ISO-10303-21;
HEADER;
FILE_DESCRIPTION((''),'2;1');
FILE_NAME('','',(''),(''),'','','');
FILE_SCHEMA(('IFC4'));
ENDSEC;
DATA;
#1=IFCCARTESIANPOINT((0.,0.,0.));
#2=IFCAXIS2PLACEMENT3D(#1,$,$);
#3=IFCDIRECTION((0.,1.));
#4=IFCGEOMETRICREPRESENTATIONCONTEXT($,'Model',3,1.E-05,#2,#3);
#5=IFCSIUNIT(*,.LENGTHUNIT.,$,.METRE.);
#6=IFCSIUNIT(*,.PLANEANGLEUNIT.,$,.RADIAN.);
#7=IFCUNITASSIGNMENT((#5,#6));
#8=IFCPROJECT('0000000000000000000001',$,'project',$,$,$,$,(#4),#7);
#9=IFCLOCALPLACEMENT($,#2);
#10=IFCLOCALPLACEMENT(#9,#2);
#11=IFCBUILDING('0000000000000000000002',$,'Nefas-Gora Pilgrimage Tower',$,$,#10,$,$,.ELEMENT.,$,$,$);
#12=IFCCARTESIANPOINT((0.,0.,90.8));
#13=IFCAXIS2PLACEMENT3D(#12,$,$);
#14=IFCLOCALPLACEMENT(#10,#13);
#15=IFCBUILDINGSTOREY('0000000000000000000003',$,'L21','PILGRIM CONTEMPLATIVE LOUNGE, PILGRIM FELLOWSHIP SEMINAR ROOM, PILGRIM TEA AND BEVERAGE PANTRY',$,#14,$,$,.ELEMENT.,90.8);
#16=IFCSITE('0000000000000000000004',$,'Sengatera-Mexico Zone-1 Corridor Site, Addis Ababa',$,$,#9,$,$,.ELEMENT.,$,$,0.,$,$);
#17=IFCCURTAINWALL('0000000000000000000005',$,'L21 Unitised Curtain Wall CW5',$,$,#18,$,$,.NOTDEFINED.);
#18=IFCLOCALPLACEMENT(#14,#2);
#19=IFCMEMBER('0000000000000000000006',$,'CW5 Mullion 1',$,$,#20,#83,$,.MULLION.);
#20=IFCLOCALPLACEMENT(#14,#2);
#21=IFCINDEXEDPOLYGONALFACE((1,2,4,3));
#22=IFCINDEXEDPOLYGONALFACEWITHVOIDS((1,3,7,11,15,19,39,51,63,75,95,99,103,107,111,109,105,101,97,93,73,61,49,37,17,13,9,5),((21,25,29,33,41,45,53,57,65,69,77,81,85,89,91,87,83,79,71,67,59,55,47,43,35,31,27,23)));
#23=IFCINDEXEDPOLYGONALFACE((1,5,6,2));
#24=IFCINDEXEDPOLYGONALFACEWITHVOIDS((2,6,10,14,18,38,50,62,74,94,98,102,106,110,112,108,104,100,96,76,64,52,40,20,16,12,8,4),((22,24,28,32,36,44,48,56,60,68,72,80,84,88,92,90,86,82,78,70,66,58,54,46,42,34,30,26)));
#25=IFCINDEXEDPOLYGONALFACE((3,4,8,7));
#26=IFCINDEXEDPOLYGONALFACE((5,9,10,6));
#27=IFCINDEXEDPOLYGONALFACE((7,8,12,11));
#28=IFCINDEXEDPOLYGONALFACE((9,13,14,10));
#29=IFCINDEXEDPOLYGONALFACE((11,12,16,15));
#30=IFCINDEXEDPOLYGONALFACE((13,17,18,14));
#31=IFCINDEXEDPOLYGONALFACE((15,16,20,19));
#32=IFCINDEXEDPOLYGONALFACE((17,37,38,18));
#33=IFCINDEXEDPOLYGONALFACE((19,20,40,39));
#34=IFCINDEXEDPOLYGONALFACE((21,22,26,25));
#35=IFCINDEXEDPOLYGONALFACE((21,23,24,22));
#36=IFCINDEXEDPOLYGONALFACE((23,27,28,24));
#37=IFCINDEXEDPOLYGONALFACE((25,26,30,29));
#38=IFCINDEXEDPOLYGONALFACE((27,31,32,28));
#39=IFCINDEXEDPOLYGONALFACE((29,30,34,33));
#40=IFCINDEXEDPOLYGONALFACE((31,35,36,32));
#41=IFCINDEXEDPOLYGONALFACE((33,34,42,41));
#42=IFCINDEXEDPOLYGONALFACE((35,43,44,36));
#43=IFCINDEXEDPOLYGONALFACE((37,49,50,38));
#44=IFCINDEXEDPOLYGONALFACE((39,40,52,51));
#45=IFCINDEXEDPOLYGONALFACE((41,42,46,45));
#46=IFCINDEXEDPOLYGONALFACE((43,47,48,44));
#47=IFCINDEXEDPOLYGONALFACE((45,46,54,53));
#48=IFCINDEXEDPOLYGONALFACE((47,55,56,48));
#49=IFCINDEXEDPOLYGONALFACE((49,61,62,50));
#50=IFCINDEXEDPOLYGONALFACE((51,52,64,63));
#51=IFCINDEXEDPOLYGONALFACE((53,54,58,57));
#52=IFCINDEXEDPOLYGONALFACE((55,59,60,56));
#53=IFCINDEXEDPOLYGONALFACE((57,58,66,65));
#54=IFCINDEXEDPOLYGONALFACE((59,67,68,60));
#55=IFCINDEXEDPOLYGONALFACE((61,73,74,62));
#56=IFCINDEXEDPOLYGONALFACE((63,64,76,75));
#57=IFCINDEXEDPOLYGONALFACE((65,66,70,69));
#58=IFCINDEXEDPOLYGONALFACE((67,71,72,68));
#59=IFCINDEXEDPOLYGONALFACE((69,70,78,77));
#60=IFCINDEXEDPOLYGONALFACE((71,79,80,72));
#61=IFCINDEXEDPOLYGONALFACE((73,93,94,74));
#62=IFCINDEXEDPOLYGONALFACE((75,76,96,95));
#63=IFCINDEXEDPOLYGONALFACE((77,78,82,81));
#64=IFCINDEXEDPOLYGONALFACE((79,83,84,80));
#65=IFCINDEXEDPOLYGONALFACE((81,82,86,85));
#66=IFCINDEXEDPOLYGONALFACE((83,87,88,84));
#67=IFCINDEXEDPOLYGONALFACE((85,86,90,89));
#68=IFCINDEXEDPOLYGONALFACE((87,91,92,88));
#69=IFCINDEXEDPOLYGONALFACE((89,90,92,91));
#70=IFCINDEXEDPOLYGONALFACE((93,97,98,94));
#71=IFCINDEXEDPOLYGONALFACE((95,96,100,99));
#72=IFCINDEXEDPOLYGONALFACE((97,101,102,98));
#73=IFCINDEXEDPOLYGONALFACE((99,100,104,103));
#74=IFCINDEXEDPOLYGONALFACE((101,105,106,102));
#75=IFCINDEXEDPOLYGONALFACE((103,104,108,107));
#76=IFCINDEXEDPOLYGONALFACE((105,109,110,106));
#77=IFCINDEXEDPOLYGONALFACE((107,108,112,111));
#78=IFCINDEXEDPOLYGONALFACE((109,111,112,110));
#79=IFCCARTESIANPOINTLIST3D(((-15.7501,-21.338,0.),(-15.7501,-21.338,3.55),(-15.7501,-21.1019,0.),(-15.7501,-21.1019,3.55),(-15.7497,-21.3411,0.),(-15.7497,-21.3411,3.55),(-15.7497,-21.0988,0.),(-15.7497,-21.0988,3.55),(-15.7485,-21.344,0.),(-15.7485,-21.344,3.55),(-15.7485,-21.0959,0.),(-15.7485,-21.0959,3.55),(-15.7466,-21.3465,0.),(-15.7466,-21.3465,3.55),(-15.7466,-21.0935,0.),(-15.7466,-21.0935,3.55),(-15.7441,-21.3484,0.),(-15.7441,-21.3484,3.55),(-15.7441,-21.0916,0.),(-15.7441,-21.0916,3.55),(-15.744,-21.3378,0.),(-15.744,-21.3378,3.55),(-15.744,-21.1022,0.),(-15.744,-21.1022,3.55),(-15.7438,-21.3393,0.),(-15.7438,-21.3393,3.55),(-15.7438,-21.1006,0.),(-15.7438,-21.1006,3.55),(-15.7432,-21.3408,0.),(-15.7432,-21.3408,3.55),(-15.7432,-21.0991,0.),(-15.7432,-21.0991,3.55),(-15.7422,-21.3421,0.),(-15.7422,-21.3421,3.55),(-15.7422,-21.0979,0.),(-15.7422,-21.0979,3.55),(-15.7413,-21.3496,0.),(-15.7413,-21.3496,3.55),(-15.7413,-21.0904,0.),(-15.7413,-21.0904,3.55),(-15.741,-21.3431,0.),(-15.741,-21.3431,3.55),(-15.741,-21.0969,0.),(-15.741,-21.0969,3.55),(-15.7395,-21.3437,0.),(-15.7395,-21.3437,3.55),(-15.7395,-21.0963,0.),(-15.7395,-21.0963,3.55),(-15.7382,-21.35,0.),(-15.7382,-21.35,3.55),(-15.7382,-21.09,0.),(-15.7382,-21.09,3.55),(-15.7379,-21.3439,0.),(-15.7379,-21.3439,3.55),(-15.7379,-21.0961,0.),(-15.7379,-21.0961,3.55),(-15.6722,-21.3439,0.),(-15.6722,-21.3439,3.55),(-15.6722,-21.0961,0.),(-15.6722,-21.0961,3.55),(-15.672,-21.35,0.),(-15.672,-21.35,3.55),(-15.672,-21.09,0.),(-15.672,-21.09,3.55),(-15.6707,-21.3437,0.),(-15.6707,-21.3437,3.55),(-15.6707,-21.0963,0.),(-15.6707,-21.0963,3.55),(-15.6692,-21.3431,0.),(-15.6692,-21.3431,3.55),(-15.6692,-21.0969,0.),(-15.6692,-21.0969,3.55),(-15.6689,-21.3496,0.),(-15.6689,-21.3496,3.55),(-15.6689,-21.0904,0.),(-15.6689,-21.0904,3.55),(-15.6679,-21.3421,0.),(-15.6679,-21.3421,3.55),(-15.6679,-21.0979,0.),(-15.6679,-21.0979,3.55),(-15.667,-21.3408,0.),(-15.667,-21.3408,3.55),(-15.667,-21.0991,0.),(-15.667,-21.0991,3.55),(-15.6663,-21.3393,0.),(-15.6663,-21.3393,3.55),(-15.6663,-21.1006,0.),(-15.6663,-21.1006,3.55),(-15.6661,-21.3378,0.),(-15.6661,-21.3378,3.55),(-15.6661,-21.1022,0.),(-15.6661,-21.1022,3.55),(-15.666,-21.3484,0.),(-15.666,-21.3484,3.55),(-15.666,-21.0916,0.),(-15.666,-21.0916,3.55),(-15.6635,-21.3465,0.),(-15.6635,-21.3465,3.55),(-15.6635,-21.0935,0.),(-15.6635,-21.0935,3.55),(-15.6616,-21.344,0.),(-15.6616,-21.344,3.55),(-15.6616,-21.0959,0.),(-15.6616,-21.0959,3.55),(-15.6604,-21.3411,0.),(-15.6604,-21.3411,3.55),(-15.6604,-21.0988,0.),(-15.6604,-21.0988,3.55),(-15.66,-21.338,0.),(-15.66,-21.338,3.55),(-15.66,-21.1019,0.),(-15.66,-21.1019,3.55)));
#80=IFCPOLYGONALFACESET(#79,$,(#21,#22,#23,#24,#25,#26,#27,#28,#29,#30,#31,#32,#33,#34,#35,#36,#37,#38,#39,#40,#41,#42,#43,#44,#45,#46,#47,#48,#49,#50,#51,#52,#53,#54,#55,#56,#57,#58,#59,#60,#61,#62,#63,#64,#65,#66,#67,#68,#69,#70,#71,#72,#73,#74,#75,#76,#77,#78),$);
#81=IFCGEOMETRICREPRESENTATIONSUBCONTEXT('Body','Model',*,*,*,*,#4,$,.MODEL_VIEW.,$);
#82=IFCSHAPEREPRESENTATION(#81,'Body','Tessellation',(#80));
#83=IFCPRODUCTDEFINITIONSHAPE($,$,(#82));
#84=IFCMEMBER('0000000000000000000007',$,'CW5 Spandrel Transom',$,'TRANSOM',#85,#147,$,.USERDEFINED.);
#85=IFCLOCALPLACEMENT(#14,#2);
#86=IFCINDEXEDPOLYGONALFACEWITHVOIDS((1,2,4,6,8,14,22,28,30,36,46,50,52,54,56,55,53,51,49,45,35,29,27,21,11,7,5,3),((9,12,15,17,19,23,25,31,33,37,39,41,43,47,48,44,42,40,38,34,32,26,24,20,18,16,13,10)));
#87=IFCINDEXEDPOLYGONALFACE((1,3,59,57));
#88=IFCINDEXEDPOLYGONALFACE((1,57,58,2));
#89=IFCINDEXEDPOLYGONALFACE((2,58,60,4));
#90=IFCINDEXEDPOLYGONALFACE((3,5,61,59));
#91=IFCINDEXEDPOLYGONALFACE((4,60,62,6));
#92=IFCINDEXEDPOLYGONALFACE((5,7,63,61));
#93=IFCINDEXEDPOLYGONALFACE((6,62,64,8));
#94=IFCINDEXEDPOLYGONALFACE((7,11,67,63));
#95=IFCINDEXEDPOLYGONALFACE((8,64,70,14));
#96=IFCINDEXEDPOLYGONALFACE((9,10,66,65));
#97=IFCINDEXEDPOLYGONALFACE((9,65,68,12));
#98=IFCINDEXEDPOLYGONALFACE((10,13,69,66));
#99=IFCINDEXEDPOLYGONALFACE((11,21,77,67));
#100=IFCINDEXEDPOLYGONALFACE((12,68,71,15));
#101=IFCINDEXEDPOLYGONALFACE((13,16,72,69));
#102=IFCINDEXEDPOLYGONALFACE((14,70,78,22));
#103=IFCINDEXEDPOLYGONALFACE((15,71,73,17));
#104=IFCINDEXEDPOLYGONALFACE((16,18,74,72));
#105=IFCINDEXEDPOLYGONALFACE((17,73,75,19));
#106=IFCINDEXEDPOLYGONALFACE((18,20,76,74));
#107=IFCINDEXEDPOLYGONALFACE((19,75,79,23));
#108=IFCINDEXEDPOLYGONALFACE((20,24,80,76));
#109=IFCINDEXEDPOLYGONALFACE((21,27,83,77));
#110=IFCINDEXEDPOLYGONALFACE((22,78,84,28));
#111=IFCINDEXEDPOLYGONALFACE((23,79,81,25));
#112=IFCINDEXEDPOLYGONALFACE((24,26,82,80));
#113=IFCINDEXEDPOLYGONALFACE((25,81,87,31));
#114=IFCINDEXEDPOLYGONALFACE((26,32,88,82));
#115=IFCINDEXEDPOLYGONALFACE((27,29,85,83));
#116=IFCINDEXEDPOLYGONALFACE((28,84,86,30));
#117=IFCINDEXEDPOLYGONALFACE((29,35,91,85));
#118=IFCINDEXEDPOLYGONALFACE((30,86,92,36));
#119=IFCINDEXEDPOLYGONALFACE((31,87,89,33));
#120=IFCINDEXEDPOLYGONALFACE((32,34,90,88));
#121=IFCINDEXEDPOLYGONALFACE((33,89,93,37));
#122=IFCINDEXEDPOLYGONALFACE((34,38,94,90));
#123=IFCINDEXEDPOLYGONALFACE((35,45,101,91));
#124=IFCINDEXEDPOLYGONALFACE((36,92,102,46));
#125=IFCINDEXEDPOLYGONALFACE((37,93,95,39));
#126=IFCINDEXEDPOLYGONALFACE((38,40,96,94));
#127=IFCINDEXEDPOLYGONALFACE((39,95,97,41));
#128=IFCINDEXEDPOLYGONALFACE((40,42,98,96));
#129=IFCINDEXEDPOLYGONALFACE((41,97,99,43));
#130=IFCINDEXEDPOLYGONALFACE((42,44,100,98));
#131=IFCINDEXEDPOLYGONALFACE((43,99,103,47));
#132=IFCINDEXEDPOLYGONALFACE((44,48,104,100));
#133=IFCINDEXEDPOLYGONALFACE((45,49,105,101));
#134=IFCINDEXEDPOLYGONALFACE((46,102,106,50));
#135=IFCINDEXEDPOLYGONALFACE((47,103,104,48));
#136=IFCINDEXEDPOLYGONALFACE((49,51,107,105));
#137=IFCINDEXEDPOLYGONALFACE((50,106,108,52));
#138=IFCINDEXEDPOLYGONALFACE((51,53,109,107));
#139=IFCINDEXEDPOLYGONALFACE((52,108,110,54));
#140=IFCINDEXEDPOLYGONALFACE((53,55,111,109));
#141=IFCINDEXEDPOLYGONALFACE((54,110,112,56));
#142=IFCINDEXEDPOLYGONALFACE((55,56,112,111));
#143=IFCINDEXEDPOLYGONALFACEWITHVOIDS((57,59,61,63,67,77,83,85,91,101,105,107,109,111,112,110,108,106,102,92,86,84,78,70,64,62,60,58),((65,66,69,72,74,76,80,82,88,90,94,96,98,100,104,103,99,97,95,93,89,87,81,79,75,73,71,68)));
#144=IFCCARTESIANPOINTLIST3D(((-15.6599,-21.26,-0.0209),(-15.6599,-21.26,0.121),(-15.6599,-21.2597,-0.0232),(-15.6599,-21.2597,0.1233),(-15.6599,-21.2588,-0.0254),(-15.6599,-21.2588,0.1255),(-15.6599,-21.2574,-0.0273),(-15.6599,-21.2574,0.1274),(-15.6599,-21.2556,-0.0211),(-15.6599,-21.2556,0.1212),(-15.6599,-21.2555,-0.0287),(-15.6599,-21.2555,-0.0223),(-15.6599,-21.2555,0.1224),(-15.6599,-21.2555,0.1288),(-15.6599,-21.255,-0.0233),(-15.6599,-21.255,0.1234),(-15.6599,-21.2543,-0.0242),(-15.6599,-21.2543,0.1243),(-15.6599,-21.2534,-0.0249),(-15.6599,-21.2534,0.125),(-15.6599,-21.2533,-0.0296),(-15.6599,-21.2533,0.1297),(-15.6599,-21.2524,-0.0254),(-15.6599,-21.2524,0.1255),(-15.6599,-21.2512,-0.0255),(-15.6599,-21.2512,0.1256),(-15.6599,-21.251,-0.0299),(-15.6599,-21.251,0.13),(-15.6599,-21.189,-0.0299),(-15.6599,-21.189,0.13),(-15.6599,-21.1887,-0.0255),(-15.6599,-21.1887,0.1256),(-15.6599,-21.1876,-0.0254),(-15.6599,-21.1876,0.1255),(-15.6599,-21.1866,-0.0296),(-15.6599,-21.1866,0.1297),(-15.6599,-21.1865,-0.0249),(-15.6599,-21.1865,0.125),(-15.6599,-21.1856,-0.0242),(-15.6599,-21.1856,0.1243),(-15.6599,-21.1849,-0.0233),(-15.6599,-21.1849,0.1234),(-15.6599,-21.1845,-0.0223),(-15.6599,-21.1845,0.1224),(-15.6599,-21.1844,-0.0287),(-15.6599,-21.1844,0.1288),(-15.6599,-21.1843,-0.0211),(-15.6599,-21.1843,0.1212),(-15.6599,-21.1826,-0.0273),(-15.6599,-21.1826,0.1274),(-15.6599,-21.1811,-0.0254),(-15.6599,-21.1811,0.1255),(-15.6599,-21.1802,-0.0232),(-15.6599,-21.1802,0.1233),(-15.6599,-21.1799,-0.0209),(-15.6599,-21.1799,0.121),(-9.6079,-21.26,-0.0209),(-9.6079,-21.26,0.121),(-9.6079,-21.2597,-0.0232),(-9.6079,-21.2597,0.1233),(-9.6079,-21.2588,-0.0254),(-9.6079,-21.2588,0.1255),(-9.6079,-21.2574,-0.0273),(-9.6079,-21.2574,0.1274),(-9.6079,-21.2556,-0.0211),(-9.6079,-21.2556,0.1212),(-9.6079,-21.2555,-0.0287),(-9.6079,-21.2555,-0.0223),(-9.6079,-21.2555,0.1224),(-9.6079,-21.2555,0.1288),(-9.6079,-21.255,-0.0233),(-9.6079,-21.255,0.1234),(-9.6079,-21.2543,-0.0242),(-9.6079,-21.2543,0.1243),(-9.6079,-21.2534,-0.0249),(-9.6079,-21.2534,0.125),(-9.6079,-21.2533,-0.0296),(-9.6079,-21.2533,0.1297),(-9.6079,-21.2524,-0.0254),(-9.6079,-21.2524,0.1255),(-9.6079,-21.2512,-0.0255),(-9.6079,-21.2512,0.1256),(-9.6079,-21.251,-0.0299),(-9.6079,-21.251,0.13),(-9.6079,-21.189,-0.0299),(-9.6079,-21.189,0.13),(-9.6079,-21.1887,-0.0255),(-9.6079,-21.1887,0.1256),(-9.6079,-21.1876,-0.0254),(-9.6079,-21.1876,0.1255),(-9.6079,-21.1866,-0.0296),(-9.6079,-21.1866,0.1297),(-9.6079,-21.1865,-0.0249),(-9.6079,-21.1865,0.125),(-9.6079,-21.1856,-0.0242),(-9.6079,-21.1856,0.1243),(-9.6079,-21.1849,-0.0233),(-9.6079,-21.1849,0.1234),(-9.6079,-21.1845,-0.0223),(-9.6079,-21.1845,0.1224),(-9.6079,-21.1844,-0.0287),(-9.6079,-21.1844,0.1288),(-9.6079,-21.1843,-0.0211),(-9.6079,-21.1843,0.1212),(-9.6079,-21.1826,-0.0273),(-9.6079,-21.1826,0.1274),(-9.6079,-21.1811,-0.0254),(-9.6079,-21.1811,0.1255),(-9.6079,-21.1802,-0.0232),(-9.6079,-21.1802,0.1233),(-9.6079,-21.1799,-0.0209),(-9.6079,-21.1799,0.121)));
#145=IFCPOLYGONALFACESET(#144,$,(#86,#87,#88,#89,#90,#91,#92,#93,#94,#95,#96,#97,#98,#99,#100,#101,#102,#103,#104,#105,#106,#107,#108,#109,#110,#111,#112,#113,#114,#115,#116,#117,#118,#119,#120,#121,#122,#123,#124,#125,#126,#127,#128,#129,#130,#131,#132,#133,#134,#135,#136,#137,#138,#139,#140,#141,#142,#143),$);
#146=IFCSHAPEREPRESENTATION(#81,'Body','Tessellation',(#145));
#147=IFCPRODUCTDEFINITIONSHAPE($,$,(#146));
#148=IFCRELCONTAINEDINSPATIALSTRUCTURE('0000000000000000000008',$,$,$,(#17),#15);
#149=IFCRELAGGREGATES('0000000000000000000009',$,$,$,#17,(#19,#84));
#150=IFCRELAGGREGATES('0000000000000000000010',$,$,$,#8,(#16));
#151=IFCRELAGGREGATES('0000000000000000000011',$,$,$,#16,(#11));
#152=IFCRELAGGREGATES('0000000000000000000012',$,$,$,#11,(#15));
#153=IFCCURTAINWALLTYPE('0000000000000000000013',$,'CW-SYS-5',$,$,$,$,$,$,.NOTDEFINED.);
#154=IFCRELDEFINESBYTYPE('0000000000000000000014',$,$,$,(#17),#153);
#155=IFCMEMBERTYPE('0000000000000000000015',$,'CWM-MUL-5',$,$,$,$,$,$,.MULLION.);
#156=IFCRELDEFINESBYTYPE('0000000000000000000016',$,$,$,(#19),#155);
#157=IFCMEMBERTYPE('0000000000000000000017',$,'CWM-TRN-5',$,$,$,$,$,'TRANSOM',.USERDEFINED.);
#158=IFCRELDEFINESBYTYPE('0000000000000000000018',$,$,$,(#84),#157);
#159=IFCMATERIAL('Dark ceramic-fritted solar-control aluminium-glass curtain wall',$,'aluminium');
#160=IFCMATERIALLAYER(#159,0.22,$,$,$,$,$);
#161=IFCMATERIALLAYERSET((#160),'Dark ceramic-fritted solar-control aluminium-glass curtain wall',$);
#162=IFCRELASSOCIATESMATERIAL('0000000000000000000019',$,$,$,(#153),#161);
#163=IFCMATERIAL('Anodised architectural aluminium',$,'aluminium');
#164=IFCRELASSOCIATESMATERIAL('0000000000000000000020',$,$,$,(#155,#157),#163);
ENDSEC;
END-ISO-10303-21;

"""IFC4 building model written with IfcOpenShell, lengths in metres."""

from ifc_helpers import new_model, si_unit, direction, frame, origin, origin_2d, place, context, subcontext, project, spatial, hollow_rectangle, extrude, source, transform, mapped, material, layer, layer_set, material_profile, profile_set, type_object, element, aggregate, save


model = new_model("IFC4")

# Units and contexts
model_context = context("Model", 3, precision=1e-05, world=origin(), true_north=direction((0.0, 1.0)))
body_context = subcontext(model_context, "Body", "Model", "MODEL_VIEW")
ifc_project = project(units=[si_unit("LENGTHUNIT", "METRE"), si_unit("PLANEANGLEUNIT", "RADIAN")], contexts=[model_context])

# Site, building, storey
site_placement = place(None, origin())
site = spatial("IfcSite", under=ifc_project, at=site_placement, Name="Sengatera-Mexico Zone-1 Corridor Site, Addis Ababa", CompositionType="ELEMENT", RefElevation=0.0)
building_placement = place(site_placement, origin())
building = spatial("IfcBuilding", under=site, at=building_placement, Name="Nefas-Gora Pilgrimage Tower", CompositionType="ELEMENT")
storey_placement = place(building_placement, frame((0.0, 0.0, 90.8)))
storey = spatial("IfcBuildingStorey", under=building, at=storey_placement, Name="L21", Description="PILGRIM CONTEMPLATIVE LOUNGE, PILGRIM FELLOWSHIP SEMINAR ROOM, PILGRIM TEA AND BEVERAGE PANTRY", CompositionType="ELEMENT", Elevation=90.8)

# Curtain wall, members
ifc_material_1 = material(Name="Dark ceramic-fritted solar-control aluminium-glass curtain wall", Category="aluminium")
ifc_layer_1 = layer(ifc_material_1, 0.22)
ifc_layer_set_1 = layer_set([ifc_layer_1], Name="Dark ceramic-fritted solar-control aluminium-glass curtain wall")
curtain_wall_type_1 = type_object("IfcCurtainWallType", Name="CW-SYS-5", PredefinedType="NOTDEFINED", material=ifc_layer_set_1)
curtain_wall_1_placement = place(storey_placement, origin())
curtain_wall_1 = element("IfcCurtainWall", 1, at=curtain_wall_1_placement, inside=storey, type_object=curtain_wall_type_1, Name="L21 Unitised Curtain Wall CW5", PredefinedType="NOTDEFINED")
ifc_material_2 = material(Name="Anodised architectural aluminium", Category="aluminium")
ifc_material_profile_1 = material_profile(ifc_material_2, hollow_rectangle(XDim=0.0901, YDim=0.26, WallThickness=0.0061, InnerFilletRadius=0.0061, OuterFilletRadius=0.012, at=origin_2d()), Name="ALU MULLION 90x260")
ifc_profile_set_1 = profile_set([ifc_material_profile_1], Name="Anodised architectural aluminium")
member_type_1 = type_object("IfcMemberType", Name="CWM-MUL-5", PredefinedType="MULLION", material=ifc_profile_set_1)
shared_shape_1 = source(origin(), body_context, "Body", "SweptSolid", [
    extrude(hollow_rectangle(XDim=0.0901, YDim=0.26, WallThickness=0.0061, InnerFilletRadius=0.0061, OuterFilletRadius=0.012, at=origin_2d()), origin(), (0.0, 0.0, 1.0), 3.55),
])
member_1_placement = place(storey_placement, frame((-15.7051, -21.22, 0.0), z_axis=(0.0, 0.0, 1.0), x_axis=(1.0, 0.0, 0.0)))
member_1 = element("IfcMember", 2, at=member_1_placement, type_object=member_type_1, Name="CW5 Mullion 1", PredefinedType="MULLION", context=body_context, shape_type="MappedRepresentation", body=[
    mapped(shared_shape_1, transform((0.0, 0.0, 0.0), x_axis=(1.0, 0.0, 0.0), y_axis=(0.0, 1.0, 0.0), z_axis=(0.0, 0.0, 1.0), scale=1.0)),
])
ifc_material_profile_2 = material_profile(ifc_material_2, hollow_rectangle(XDim=0.0801, YDim=0.1599, WallThickness=0.0044, InnerFilletRadius=0.0044, OuterFilletRadius=0.009, at=origin_2d()), Name="ALU TRANSOM 80x160")
ifc_profile_set_2 = profile_set([ifc_material_profile_2], Name="Anodised architectural aluminium")
member_type_2 = type_object("IfcMemberType", Name="CWM-TRN-5", ElementType="TRANSOM", PredefinedType="USERDEFINED", material=ifc_profile_set_2)
shared_shape_2 = source(origin(), body_context, "Body", "SweptSolid", [
    extrude(hollow_rectangle(XDim=0.0801, YDim=0.1599, WallThickness=0.0044, InnerFilletRadius=0.0044, OuterFilletRadius=0.009, at=origin_2d()), origin(), (0.0, 0.0, 1.0), 6.052),
])
member_2_placement = place(storey_placement, frame((-15.6599, -21.22, 0.05), z_axis=(1.0, 0.0, 0.0), x_axis=(0.0, 1.0, 0.0)))
member_2 = element("IfcMember", 3, at=member_2_placement, type_object=member_type_2, Name="CW5 Spandrel Transom", ObjectType="TRANSOM", PredefinedType="USERDEFINED", context=body_context, shape_type="MappedRepresentation", body=[
    mapped(shared_shape_2, transform((0.0, 0.0, 0.0), x_axis=(1.0, 0.0, 0.0), y_axis=(0.0, 1.0, 0.0), z_axis=(0.0, 0.0, 1.0), scale=1.0)),
])

aggregate(curtain_wall_1, [member_1, member_2])

save(model, "model.ifc")
